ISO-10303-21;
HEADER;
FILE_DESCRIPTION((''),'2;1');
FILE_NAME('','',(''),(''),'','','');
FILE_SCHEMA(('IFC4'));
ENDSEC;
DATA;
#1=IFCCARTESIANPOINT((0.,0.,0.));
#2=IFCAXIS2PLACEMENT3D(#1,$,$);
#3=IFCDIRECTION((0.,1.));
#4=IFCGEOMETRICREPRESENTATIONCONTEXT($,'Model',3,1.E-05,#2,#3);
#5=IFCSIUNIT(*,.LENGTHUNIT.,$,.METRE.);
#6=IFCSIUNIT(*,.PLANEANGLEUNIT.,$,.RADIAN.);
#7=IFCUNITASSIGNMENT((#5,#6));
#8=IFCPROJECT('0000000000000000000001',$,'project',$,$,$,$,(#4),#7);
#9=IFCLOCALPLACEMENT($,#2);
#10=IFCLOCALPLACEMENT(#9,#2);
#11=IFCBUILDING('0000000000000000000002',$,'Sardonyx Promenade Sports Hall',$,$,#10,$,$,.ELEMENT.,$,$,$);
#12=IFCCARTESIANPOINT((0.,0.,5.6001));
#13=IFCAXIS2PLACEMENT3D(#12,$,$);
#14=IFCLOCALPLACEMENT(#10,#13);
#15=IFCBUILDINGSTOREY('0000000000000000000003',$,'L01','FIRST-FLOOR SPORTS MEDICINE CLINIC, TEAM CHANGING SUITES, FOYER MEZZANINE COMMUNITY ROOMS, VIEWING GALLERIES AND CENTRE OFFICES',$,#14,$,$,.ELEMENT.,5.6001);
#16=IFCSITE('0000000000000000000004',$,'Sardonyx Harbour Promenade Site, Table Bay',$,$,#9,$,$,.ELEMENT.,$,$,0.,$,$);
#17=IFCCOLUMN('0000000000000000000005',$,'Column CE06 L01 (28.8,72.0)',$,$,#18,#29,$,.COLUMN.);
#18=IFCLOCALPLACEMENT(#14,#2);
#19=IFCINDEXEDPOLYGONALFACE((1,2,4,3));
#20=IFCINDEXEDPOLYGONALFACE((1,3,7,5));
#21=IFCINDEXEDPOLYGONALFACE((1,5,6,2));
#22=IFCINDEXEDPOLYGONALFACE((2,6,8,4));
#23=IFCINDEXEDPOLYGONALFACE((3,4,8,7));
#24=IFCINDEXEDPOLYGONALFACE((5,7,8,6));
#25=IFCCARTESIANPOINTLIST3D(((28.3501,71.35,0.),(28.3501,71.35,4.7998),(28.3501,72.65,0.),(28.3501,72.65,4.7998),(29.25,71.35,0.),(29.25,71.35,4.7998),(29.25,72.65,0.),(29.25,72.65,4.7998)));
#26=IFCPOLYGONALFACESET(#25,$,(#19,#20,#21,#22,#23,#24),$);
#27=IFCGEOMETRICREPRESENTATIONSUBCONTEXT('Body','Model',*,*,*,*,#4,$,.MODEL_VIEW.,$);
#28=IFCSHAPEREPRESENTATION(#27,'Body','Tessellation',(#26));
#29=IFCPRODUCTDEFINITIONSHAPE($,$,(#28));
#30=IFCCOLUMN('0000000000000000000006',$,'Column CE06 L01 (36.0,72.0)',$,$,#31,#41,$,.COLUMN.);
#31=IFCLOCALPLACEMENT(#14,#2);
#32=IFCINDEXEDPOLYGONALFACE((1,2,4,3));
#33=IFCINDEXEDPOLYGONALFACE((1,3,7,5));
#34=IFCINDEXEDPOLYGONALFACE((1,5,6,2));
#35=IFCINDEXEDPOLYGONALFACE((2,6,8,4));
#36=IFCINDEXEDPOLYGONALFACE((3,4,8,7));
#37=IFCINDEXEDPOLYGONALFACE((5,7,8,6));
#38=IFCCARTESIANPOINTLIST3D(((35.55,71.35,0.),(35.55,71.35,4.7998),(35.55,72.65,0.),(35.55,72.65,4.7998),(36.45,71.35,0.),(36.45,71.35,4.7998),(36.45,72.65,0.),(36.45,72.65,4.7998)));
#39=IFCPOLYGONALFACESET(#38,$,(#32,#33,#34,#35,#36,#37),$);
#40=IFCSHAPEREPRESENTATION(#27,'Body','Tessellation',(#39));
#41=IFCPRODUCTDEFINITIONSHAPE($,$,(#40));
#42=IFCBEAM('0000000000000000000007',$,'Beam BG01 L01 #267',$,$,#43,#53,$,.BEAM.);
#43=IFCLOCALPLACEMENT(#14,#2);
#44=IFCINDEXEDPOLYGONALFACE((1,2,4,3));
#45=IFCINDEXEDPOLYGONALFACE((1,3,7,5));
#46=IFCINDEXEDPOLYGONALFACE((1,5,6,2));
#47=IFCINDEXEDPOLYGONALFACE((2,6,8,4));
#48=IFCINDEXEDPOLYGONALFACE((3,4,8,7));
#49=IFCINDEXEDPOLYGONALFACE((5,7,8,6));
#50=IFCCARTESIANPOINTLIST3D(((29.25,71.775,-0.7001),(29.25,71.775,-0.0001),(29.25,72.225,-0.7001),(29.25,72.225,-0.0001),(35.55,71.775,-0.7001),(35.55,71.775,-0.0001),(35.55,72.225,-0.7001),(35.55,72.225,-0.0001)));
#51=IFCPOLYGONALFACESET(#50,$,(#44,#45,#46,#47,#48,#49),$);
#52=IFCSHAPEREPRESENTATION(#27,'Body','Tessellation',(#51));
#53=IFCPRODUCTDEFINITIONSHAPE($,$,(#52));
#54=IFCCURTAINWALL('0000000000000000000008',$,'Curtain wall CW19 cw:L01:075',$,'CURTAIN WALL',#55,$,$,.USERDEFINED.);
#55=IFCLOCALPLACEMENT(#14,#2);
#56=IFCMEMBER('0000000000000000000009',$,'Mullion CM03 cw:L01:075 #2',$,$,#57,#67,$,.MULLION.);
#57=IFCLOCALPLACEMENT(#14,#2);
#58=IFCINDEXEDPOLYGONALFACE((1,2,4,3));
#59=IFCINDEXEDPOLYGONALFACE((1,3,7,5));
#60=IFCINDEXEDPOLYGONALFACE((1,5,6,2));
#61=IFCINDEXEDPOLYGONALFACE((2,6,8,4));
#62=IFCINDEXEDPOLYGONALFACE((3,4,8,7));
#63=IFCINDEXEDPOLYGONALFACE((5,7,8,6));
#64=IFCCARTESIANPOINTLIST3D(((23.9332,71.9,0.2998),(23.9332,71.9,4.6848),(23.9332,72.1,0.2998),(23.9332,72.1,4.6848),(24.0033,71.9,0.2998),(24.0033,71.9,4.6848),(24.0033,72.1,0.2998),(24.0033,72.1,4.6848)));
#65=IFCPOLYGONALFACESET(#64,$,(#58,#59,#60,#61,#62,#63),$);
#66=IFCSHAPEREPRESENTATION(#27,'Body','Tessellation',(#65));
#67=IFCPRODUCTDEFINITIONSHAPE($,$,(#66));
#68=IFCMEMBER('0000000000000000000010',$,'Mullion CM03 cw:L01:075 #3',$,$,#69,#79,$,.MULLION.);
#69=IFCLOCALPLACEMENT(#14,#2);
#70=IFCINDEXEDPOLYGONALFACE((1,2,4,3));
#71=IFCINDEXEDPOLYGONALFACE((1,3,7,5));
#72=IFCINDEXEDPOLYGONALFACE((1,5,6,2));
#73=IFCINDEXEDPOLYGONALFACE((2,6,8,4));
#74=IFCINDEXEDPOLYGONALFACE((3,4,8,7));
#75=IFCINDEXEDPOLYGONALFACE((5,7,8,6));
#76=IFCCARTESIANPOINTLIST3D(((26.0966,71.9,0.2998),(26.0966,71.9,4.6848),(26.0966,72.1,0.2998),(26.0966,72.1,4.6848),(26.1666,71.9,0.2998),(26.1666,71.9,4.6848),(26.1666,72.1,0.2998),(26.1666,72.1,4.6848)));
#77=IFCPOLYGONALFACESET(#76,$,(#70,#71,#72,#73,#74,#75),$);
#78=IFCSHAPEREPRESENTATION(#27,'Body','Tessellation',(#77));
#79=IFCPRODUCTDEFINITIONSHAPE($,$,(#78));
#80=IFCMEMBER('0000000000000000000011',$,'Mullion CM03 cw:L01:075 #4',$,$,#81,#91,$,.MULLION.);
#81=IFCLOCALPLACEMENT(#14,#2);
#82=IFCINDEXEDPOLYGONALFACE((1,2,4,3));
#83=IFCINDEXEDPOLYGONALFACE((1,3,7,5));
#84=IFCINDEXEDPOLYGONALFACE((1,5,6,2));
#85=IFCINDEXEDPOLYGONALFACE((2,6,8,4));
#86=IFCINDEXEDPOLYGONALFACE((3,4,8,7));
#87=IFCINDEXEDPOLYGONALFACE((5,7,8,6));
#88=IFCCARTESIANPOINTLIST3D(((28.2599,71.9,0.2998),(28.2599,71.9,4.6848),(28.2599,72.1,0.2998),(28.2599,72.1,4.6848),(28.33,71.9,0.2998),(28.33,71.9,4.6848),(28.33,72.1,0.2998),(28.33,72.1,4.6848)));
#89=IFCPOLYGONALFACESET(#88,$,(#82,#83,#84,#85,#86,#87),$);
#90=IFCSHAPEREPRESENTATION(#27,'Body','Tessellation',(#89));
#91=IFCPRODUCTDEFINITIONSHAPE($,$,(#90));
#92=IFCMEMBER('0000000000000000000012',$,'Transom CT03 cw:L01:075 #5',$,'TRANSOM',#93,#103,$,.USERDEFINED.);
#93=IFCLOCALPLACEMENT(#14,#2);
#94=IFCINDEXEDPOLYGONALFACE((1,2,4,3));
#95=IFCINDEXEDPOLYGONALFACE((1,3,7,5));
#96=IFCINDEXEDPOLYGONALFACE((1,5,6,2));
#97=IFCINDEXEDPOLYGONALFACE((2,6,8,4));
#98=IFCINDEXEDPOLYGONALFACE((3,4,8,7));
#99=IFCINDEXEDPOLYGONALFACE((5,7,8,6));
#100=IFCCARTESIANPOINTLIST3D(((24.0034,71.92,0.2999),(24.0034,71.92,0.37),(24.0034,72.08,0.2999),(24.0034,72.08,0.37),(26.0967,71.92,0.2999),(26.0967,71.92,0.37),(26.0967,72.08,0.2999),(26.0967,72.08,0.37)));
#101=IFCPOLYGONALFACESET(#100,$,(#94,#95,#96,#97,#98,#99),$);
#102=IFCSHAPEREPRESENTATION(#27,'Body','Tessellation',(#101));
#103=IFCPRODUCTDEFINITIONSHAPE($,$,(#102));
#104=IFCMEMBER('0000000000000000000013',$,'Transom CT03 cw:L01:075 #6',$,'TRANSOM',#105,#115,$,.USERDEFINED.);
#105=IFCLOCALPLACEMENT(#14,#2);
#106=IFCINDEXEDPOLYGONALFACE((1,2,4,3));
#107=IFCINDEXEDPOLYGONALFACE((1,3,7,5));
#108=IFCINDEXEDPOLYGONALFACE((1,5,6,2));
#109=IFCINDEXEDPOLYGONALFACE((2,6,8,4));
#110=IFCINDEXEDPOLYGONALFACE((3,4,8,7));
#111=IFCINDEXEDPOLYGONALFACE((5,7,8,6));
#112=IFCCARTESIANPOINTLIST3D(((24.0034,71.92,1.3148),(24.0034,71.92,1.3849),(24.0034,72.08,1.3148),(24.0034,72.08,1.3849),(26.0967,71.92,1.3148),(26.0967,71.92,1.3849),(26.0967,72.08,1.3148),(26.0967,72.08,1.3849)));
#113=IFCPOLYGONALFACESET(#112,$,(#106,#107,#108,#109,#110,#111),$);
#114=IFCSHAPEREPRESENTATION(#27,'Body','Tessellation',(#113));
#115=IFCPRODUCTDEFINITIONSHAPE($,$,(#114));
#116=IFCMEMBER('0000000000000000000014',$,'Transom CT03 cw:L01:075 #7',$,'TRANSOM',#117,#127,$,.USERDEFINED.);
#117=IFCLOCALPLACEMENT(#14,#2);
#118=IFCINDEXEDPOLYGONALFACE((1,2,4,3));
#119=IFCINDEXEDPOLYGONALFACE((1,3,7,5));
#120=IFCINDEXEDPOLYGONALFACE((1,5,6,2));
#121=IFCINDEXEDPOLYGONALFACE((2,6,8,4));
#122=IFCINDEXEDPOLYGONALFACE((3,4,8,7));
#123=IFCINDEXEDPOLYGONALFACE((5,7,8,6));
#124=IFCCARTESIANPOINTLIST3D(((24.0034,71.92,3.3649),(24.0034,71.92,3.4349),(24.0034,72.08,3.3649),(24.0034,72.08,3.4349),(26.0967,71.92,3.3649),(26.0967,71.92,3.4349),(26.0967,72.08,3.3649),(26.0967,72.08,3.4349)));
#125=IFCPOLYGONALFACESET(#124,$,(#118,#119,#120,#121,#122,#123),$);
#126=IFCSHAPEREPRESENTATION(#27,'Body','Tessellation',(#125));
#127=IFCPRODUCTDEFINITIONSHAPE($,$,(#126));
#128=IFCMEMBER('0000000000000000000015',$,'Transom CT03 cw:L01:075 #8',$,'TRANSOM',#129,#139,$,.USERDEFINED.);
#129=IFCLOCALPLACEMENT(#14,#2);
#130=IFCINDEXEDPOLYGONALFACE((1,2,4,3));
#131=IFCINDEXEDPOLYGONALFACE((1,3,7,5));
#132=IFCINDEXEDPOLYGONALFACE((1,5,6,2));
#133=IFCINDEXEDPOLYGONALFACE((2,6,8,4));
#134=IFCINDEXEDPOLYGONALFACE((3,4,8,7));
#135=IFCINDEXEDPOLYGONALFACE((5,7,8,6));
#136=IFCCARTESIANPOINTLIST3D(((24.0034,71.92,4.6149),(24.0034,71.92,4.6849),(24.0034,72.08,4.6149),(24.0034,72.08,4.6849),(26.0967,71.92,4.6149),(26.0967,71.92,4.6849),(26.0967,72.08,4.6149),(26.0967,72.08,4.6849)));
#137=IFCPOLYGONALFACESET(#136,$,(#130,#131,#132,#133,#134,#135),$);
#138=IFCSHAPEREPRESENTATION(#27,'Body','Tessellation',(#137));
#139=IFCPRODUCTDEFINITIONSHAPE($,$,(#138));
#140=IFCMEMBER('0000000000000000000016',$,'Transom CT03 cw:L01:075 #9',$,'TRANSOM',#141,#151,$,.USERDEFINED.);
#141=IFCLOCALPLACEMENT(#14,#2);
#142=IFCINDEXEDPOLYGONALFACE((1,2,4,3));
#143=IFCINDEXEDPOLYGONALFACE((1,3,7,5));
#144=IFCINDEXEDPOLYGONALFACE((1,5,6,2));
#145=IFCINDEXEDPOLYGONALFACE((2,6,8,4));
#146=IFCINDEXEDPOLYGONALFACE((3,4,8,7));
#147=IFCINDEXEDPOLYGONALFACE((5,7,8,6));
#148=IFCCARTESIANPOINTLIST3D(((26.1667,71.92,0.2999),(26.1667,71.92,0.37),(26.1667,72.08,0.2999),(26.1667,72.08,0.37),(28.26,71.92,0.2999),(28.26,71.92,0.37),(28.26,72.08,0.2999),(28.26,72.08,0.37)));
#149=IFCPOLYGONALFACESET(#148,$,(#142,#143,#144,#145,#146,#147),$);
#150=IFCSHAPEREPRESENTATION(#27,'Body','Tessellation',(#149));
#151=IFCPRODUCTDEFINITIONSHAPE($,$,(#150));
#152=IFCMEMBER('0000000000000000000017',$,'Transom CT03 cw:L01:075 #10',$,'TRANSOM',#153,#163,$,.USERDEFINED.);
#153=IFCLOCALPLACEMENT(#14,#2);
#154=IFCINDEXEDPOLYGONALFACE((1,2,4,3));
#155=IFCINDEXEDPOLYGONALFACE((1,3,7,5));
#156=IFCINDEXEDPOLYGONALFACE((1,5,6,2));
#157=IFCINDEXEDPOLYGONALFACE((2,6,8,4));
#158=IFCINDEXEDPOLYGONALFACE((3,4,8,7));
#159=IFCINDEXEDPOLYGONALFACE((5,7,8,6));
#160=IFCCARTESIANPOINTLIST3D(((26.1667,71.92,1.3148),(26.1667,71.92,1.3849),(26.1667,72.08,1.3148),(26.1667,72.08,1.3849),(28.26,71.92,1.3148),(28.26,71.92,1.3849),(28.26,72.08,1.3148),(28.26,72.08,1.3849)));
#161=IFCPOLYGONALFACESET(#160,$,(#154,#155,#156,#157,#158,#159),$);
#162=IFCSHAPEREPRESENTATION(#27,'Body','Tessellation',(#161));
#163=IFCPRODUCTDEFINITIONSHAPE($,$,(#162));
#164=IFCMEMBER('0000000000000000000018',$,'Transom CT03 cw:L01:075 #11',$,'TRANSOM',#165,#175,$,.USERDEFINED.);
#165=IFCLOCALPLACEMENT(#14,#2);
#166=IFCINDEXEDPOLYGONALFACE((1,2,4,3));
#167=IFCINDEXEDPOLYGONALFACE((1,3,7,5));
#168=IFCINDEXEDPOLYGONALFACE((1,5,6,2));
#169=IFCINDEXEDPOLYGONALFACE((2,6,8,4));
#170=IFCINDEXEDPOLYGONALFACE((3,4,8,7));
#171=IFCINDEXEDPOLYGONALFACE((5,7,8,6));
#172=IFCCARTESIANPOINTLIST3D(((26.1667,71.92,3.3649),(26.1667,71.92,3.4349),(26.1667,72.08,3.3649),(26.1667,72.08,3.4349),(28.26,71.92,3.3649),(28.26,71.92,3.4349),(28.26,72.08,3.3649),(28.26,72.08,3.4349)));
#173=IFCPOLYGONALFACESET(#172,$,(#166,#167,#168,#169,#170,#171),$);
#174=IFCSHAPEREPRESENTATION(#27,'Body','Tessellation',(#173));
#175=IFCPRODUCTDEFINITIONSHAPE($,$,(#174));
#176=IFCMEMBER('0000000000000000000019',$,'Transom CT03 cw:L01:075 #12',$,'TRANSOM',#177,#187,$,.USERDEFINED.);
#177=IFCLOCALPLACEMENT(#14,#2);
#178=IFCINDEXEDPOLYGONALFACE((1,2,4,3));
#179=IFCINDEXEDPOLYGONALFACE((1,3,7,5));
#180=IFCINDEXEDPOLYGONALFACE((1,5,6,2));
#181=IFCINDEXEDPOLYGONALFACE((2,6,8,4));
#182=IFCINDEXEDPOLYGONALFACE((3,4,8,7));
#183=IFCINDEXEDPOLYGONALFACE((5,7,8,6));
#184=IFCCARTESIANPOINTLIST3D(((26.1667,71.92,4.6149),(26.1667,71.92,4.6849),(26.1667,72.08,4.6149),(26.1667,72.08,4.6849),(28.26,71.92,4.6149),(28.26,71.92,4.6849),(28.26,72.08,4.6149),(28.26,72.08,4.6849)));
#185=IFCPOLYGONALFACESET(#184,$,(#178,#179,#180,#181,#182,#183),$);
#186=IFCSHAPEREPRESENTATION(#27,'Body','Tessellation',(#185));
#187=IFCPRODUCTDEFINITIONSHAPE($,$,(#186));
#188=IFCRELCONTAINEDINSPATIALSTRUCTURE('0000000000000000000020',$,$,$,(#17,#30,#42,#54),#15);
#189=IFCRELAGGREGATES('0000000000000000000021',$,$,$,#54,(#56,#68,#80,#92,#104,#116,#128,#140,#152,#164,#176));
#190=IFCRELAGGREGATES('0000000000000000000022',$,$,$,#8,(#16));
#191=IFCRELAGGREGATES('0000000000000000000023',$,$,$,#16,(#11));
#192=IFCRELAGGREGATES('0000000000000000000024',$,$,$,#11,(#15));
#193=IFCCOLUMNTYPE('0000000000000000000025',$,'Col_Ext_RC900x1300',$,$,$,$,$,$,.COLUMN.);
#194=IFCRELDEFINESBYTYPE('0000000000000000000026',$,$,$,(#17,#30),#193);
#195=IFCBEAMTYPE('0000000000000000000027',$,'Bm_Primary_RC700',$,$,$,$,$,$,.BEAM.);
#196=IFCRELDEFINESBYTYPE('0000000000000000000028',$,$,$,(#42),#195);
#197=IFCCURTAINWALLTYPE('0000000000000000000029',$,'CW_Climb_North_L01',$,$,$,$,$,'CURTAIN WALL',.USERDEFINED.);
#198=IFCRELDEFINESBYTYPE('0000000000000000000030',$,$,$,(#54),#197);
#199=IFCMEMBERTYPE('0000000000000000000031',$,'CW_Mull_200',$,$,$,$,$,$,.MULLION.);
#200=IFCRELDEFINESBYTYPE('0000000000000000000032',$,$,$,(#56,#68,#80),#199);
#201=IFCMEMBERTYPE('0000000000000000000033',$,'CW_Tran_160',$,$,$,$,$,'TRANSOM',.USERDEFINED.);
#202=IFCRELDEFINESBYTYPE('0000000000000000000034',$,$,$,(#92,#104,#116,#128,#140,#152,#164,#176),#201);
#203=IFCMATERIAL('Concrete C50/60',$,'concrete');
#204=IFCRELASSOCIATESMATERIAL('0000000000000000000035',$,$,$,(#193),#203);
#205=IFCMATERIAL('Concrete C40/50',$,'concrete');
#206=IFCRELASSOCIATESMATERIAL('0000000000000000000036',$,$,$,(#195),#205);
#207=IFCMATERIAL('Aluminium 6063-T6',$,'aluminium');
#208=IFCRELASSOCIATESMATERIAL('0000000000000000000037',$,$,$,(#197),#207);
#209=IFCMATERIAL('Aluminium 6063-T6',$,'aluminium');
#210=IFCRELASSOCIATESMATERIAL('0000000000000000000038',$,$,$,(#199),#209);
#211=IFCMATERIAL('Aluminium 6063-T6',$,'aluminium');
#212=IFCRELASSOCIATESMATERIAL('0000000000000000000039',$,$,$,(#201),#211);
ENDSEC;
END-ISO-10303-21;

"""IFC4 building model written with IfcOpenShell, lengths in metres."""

from ifc_helpers import new_model, si_unit, direction, frame, origin, origin_2d, place, context, subcontext, project, spatial, rectangle, extrude, material, material_profile, profile_set, type_object, element, aggregate, save


model = new_model("IFC4")

# Units and contexts
model_context = context("Model", 3, precision=1e-05, world=origin(), true_north=direction((0.0, 1.0)))
body_context = subcontext(model_context, "Body", "Model", "MODEL_VIEW")
ifc_project = project(units=[si_unit("LENGTHUNIT", "METRE"), si_unit("PLANEANGLEUNIT", "RADIAN")], contexts=[model_context])

# Site, building, storey
site_placement = place(None, origin())
site = spatial("IfcSite", under=ifc_project, at=site_placement, Name="Sardonyx Harbour Promenade Site, Table Bay", CompositionType="ELEMENT", RefElevation=0.0)
building_placement = place(site_placement, origin())
building = spatial("IfcBuilding", under=site, at=building_placement, Name="Sardonyx Promenade Sports Hall", CompositionType="ELEMENT")
storey_placement = place(building_placement, frame((0.0, 0.0, 5.6001)))
storey = spatial("IfcBuildingStorey", under=building, at=storey_placement, Name="L01", Description="FIRST-FLOOR SPORTS MEDICINE CLINIC, TEAM CHANGING SUITES, FOYER MEZZANINE COMMUNITY ROOMS, VIEWING GALLERIES AND CENTRE OFFICES", CompositionType="ELEMENT", Elevation=5.6001)

# Columns
ifc_material_1 = material(Name="Concrete C50/60", Category="concrete")
ifc_material_profile_1 = material_profile(ifc_material_1, rectangle(XDim=0.8999, YDim=1.3, at=origin_2d()))
ifc_profile_set_1 = profile_set([ifc_material_profile_1], Name="Concrete C50/60")
column_type = type_object("IfcColumnType", Name="Col_Ext_RC900x1300", PredefinedType="COLUMN", material=ifc_profile_set_1)
for number, where, z_axis, x_axis, name in (
    (1, (28.8, 72.0, 0.0), (0.0, 0.0, 1.0), (1.0, 0.0, 0.0), "Column CE06 L01 (28.8,72.0)"),
    (2, (36.0, 72.0, 0.0), (0.0, 0.0, 1.0), (1.0, 0.0, 0.0), "Column CE06 L01 (36.0,72.0)"),
):
    element("IfcColumn", number, at=place(storey_placement, frame(where, z_axis=z_axis, x_axis=x_axis)), inside=storey, type_object=column_type, Name=name, PredefinedType="COLUMN", context=body_context, shape_type="SweptSolid", body=[
        extrude(rectangle(XDim=0.8999, YDim=1.3, at=origin_2d()), origin(), (0.0, 0.0, 1.0), 4.7998),
    ])

# Beam
ifc_material_2 = material(Name="Concrete C40/50", Category="concrete")
ifc_material_profile_2 = material_profile(ifc_material_2, rectangle(XDim=0.45, YDim=0.7, at=origin_2d()))
ifc_profile_set_2 = profile_set([ifc_material_profile_2], Name="Concrete C40/50")
beam_type = type_object("IfcBeamType", Name="Bm_Primary_RC700", PredefinedType="BEAM", material=ifc_profile_set_2)
beam_placement = place(storey_placement, frame((29.25, 72.0, -0.3501), z_axis=(1.0, 0.0, 0.0), x_axis=(0.0, 1.0, 0.0)))
element("IfcBeam", 3, at=beam_placement, inside=storey, type_object=beam_type, Name="Beam BG01 L01 #267", PredefinedType="BEAM", context=body_context, shape_type="SweptSolid", body=[
    extrude(rectangle(XDim=0.45, YDim=0.7, at=origin_2d()), origin(), (0.0, 0.0, 1.0), 6.3),
])

# Curtain wall, members
ifc_material_3 = material(Name="Aluminium 6063-T6", Category="aluminium")
curtain_wall_type = type_object("IfcCurtainWallType", Name="CW_Climb_North_L01", ElementType="CURTAIN WALL", PredefinedType="USERDEFINED", material=ifc_material_3)
curtain_wall_placement = place(storey_placement, origin())
curtain_wall = element("IfcCurtainWall", 4, at=curtain_wall_placement, inside=storey, type_object=curtain_wall_type, Name="Curtain wall CW19 cw:L01:075", ObjectType="CURTAIN WALL", PredefinedType="USERDEFINED")
ifc_material_4 = material(Name="Aluminium 6063-T6", Category="aluminium")
ifc_material_profile_3 = material_profile(ifc_material_4, rectangle(XDim=0.0701, YDim=0.2, at=origin_2d()))
ifc_profile_set_3 = profile_set([ifc_material_profile_3], Name="Aluminium 6063-T6")
member_type_1 = type_object("IfcMemberType", Name="CW_Mull_200", PredefinedType="MULLION", material=ifc_profile_set_3)
member_1_placement = place(storey_placement, frame((23.9683, 72.0, 0.2998), z_axis=(0.0, 0.0, 1.0), x_axis=(1.0, 0.0, 0.0)))
member_1 = element("IfcMember", 5, at=member_1_placement, type_object=member_type_1, Name="Mullion CM03 cw:L01:075 #2", PredefinedType="MULLION", context=body_context, shape_type="SweptSolid", body=[
    extrude(rectangle(XDim=0.0701, YDim=0.2, at=origin_2d()), origin(), (0.0, 0.0, 1.0), 4.385),
])
member_2_placement = place(storey_placement, frame((26.1316, 72.0, 0.2998), z_axis=(0.0, 0.0, 1.0), x_axis=(1.0, 0.0, 0.0)))
member_2 = element("IfcMember", 6, at=member_2_placement, type_object=member_type_1, Name="Mullion CM03 cw:L01:075 #3", PredefinedType="MULLION", context=body_context, shape_type="SweptSolid", body=[
    extrude(rectangle(XDim=0.0701, YDim=0.2, at=origin_2d()), origin(), (0.0, 0.0, 1.0), 4.385),
])
member_3_placement = place(storey_placement, frame((28.2949, 72.0, 0.2998), z_axis=(0.0, 0.0, 1.0), x_axis=(1.0, 0.0, 0.0)))
member_3 = element("IfcMember", 7, at=member_3_placement, type_object=member_type_1, Name="Mullion CM03 cw:L01:075 #4", PredefinedType="MULLION", context=body_context, shape_type="SweptSolid", body=[
    extrude(rectangle(XDim=0.0701, YDim=0.2, at=origin_2d()), origin(), (0.0, 0.0, 1.0), 4.385),
])
ifc_material_5 = material(Name="Aluminium 6063-T6", Category="aluminium")
ifc_material_profile_4 = material_profile(ifc_material_5, rectangle(XDim=0.0701, YDim=0.1599, at=origin_2d()))
ifc_profile_set_4 = profile_set([ifc_material_profile_4], Name="Aluminium 6063-T6")
member_type_2 = type_object("IfcMemberType", Name="CW_Tran_160", ElementType="TRANSOM", PredefinedType="USERDEFINED", material=ifc_profile_set_4)
member_4_placement = place(storey_placement, frame((24.0034, 72.0, 0.335), z_axis=(1.0, 0.0, 0.0), x_axis=(0.0, 0.0, 1.0)))
member_4 = element("IfcMember", 8, at=member_4_placement, type_object=member_type_2, Name="Transom CT03 cw:L01:075 #5", ObjectType="TRANSOM", PredefinedType="USERDEFINED", context=body_context, shape_type="SweptSolid", body=[
    extrude(rectangle(XDim=0.0701, YDim=0.1599, at=origin_2d()), origin(), (0.0, 0.0, 1.0), 2.0933),
])
member_5_placement = place(storey_placement, frame((24.0034, 72.0, 1.3499), z_axis=(1.0, 0.0, 0.0), x_axis=(0.0, 0.0, 1.0)))
member_5 = element("IfcMember", 9, at=member_5_placement, type_object=member_type_2, Name="Transom CT03 cw:L01:075 #6", ObjectType="TRANSOM", PredefinedType="USERDEFINED", context=body_context, shape_type="SweptSolid", body=[
    extrude(rectangle(XDim=0.0701, YDim=0.1599, at=origin_2d()), origin(), (0.0, 0.0, 1.0), 2.0933),
])
member_6_placement = place(storey_placement, frame((24.0034, 72.0, 3.3999), z_axis=(1.0, 0.0, 0.0), x_axis=(0.0, 0.0, 1.0)))
member_6 = element("IfcMember", 10, at=member_6_placement, type_object=member_type_2, Name="Transom CT03 cw:L01:075 #7", ObjectType="TRANSOM", PredefinedType="USERDEFINED", context=body_context, shape_type="SweptSolid", body=[
    extrude(rectangle(XDim=0.0701, YDim=0.1599, at=origin_2d()), origin(), (0.0, 0.0, 1.0), 2.0933),
])
member_7_placement = place(storey_placement, frame((24.0034, 72.0, 4.6499), z_axis=(1.0, 0.0, 0.0), x_axis=(0.0, 0.0, 1.0)))
member_7 = element("IfcMember", 11, at=member_7_placement, type_object=member_type_2, Name="Transom CT03 cw:L01:075 #8", ObjectType="TRANSOM", PredefinedType="USERDEFINED", context=body_context, shape_type="SweptSolid", body=[
    extrude(rectangle(XDim=0.0701, YDim=0.1599, at=origin_2d()), origin(), (0.0, 0.0, 1.0), 2.0933),
])
member_8_placement = place(storey_placement, frame((26.1667, 72.0, 0.335), z_axis=(1.0, 0.0, 0.0), x_axis=(0.0, 0.0, 1.0)))
member_8 = element("IfcMember", 12, at=member_8_placement, type_object=member_type_2, Name="Transom CT03 cw:L01:075 #9", ObjectType="TRANSOM", PredefinedType="USERDEFINED", context=body_context, shape_type="SweptSolid", body=[
    extrude(rectangle(XDim=0.0701, YDim=0.1599, at=origin_2d()), origin(), (0.0, 0.0, 1.0), 2.0933),
])
member_9_placement = place(storey_placement, frame((26.1667, 72.0, 1.3499), z_axis=(1.0, 0.0, 0.0), x_axis=(0.0, 0.0, 1.0)))
member_9 = element("IfcMember", 13, at=member_9_placement, type_object=member_type_2, Name="Transom CT03 cw:L01:075 #10", ObjectType="TRANSOM", PredefinedType="USERDEFINED", context=body_context, shape_type="SweptSolid", body=[
    extrude(rectangle(XDim=0.0701, YDim=0.1599, at=origin_2d()), origin(), (0.0, 0.0, 1.0), 2.0933),
])
member_10_placement = place(storey_placement, frame((26.1667, 72.0, 3.3999), z_axis=(1.0, 0.0, 0.0), x_axis=(0.0, 0.0, 1.0)))
member_10 = element("IfcMember", 14, at=member_10_placement, type_object=member_type_2, Name="Transom CT03 cw:L01:075 #11", ObjectType="TRANSOM", PredefinedType="USERDEFINED", context=body_context, shape_type="SweptSolid", body=[
    extrude(rectangle(XDim=0.0701, YDim=0.1599, at=origin_2d()), origin(), (0.0, 0.0, 1.0), 2.0933),
])
member_11_placement = place(storey_placement, frame((26.1667, 72.0, 4.6499), z_axis=(1.0, 0.0, 0.0), x_axis=(0.0, 0.0, 1.0)))
member_11 = element("IfcMember", 15, at=member_11_placement, type_object=member_type_2, Name="Transom CT03 cw:L01:075 #12", ObjectType="TRANSOM", PredefinedType="USERDEFINED", context=body_context, shape_type="SweptSolid", body=[
    extrude(rectangle(XDim=0.0701, YDim=0.1599, at=origin_2d()), origin(), (0.0, 0.0, 1.0), 2.0933),
])
aggregate(curtain_wall, [member_1, member_2, member_3, member_4, member_5, member_6, member_7, member_8, member_9, member_10, member_11])

save(model, "model.ifc")
